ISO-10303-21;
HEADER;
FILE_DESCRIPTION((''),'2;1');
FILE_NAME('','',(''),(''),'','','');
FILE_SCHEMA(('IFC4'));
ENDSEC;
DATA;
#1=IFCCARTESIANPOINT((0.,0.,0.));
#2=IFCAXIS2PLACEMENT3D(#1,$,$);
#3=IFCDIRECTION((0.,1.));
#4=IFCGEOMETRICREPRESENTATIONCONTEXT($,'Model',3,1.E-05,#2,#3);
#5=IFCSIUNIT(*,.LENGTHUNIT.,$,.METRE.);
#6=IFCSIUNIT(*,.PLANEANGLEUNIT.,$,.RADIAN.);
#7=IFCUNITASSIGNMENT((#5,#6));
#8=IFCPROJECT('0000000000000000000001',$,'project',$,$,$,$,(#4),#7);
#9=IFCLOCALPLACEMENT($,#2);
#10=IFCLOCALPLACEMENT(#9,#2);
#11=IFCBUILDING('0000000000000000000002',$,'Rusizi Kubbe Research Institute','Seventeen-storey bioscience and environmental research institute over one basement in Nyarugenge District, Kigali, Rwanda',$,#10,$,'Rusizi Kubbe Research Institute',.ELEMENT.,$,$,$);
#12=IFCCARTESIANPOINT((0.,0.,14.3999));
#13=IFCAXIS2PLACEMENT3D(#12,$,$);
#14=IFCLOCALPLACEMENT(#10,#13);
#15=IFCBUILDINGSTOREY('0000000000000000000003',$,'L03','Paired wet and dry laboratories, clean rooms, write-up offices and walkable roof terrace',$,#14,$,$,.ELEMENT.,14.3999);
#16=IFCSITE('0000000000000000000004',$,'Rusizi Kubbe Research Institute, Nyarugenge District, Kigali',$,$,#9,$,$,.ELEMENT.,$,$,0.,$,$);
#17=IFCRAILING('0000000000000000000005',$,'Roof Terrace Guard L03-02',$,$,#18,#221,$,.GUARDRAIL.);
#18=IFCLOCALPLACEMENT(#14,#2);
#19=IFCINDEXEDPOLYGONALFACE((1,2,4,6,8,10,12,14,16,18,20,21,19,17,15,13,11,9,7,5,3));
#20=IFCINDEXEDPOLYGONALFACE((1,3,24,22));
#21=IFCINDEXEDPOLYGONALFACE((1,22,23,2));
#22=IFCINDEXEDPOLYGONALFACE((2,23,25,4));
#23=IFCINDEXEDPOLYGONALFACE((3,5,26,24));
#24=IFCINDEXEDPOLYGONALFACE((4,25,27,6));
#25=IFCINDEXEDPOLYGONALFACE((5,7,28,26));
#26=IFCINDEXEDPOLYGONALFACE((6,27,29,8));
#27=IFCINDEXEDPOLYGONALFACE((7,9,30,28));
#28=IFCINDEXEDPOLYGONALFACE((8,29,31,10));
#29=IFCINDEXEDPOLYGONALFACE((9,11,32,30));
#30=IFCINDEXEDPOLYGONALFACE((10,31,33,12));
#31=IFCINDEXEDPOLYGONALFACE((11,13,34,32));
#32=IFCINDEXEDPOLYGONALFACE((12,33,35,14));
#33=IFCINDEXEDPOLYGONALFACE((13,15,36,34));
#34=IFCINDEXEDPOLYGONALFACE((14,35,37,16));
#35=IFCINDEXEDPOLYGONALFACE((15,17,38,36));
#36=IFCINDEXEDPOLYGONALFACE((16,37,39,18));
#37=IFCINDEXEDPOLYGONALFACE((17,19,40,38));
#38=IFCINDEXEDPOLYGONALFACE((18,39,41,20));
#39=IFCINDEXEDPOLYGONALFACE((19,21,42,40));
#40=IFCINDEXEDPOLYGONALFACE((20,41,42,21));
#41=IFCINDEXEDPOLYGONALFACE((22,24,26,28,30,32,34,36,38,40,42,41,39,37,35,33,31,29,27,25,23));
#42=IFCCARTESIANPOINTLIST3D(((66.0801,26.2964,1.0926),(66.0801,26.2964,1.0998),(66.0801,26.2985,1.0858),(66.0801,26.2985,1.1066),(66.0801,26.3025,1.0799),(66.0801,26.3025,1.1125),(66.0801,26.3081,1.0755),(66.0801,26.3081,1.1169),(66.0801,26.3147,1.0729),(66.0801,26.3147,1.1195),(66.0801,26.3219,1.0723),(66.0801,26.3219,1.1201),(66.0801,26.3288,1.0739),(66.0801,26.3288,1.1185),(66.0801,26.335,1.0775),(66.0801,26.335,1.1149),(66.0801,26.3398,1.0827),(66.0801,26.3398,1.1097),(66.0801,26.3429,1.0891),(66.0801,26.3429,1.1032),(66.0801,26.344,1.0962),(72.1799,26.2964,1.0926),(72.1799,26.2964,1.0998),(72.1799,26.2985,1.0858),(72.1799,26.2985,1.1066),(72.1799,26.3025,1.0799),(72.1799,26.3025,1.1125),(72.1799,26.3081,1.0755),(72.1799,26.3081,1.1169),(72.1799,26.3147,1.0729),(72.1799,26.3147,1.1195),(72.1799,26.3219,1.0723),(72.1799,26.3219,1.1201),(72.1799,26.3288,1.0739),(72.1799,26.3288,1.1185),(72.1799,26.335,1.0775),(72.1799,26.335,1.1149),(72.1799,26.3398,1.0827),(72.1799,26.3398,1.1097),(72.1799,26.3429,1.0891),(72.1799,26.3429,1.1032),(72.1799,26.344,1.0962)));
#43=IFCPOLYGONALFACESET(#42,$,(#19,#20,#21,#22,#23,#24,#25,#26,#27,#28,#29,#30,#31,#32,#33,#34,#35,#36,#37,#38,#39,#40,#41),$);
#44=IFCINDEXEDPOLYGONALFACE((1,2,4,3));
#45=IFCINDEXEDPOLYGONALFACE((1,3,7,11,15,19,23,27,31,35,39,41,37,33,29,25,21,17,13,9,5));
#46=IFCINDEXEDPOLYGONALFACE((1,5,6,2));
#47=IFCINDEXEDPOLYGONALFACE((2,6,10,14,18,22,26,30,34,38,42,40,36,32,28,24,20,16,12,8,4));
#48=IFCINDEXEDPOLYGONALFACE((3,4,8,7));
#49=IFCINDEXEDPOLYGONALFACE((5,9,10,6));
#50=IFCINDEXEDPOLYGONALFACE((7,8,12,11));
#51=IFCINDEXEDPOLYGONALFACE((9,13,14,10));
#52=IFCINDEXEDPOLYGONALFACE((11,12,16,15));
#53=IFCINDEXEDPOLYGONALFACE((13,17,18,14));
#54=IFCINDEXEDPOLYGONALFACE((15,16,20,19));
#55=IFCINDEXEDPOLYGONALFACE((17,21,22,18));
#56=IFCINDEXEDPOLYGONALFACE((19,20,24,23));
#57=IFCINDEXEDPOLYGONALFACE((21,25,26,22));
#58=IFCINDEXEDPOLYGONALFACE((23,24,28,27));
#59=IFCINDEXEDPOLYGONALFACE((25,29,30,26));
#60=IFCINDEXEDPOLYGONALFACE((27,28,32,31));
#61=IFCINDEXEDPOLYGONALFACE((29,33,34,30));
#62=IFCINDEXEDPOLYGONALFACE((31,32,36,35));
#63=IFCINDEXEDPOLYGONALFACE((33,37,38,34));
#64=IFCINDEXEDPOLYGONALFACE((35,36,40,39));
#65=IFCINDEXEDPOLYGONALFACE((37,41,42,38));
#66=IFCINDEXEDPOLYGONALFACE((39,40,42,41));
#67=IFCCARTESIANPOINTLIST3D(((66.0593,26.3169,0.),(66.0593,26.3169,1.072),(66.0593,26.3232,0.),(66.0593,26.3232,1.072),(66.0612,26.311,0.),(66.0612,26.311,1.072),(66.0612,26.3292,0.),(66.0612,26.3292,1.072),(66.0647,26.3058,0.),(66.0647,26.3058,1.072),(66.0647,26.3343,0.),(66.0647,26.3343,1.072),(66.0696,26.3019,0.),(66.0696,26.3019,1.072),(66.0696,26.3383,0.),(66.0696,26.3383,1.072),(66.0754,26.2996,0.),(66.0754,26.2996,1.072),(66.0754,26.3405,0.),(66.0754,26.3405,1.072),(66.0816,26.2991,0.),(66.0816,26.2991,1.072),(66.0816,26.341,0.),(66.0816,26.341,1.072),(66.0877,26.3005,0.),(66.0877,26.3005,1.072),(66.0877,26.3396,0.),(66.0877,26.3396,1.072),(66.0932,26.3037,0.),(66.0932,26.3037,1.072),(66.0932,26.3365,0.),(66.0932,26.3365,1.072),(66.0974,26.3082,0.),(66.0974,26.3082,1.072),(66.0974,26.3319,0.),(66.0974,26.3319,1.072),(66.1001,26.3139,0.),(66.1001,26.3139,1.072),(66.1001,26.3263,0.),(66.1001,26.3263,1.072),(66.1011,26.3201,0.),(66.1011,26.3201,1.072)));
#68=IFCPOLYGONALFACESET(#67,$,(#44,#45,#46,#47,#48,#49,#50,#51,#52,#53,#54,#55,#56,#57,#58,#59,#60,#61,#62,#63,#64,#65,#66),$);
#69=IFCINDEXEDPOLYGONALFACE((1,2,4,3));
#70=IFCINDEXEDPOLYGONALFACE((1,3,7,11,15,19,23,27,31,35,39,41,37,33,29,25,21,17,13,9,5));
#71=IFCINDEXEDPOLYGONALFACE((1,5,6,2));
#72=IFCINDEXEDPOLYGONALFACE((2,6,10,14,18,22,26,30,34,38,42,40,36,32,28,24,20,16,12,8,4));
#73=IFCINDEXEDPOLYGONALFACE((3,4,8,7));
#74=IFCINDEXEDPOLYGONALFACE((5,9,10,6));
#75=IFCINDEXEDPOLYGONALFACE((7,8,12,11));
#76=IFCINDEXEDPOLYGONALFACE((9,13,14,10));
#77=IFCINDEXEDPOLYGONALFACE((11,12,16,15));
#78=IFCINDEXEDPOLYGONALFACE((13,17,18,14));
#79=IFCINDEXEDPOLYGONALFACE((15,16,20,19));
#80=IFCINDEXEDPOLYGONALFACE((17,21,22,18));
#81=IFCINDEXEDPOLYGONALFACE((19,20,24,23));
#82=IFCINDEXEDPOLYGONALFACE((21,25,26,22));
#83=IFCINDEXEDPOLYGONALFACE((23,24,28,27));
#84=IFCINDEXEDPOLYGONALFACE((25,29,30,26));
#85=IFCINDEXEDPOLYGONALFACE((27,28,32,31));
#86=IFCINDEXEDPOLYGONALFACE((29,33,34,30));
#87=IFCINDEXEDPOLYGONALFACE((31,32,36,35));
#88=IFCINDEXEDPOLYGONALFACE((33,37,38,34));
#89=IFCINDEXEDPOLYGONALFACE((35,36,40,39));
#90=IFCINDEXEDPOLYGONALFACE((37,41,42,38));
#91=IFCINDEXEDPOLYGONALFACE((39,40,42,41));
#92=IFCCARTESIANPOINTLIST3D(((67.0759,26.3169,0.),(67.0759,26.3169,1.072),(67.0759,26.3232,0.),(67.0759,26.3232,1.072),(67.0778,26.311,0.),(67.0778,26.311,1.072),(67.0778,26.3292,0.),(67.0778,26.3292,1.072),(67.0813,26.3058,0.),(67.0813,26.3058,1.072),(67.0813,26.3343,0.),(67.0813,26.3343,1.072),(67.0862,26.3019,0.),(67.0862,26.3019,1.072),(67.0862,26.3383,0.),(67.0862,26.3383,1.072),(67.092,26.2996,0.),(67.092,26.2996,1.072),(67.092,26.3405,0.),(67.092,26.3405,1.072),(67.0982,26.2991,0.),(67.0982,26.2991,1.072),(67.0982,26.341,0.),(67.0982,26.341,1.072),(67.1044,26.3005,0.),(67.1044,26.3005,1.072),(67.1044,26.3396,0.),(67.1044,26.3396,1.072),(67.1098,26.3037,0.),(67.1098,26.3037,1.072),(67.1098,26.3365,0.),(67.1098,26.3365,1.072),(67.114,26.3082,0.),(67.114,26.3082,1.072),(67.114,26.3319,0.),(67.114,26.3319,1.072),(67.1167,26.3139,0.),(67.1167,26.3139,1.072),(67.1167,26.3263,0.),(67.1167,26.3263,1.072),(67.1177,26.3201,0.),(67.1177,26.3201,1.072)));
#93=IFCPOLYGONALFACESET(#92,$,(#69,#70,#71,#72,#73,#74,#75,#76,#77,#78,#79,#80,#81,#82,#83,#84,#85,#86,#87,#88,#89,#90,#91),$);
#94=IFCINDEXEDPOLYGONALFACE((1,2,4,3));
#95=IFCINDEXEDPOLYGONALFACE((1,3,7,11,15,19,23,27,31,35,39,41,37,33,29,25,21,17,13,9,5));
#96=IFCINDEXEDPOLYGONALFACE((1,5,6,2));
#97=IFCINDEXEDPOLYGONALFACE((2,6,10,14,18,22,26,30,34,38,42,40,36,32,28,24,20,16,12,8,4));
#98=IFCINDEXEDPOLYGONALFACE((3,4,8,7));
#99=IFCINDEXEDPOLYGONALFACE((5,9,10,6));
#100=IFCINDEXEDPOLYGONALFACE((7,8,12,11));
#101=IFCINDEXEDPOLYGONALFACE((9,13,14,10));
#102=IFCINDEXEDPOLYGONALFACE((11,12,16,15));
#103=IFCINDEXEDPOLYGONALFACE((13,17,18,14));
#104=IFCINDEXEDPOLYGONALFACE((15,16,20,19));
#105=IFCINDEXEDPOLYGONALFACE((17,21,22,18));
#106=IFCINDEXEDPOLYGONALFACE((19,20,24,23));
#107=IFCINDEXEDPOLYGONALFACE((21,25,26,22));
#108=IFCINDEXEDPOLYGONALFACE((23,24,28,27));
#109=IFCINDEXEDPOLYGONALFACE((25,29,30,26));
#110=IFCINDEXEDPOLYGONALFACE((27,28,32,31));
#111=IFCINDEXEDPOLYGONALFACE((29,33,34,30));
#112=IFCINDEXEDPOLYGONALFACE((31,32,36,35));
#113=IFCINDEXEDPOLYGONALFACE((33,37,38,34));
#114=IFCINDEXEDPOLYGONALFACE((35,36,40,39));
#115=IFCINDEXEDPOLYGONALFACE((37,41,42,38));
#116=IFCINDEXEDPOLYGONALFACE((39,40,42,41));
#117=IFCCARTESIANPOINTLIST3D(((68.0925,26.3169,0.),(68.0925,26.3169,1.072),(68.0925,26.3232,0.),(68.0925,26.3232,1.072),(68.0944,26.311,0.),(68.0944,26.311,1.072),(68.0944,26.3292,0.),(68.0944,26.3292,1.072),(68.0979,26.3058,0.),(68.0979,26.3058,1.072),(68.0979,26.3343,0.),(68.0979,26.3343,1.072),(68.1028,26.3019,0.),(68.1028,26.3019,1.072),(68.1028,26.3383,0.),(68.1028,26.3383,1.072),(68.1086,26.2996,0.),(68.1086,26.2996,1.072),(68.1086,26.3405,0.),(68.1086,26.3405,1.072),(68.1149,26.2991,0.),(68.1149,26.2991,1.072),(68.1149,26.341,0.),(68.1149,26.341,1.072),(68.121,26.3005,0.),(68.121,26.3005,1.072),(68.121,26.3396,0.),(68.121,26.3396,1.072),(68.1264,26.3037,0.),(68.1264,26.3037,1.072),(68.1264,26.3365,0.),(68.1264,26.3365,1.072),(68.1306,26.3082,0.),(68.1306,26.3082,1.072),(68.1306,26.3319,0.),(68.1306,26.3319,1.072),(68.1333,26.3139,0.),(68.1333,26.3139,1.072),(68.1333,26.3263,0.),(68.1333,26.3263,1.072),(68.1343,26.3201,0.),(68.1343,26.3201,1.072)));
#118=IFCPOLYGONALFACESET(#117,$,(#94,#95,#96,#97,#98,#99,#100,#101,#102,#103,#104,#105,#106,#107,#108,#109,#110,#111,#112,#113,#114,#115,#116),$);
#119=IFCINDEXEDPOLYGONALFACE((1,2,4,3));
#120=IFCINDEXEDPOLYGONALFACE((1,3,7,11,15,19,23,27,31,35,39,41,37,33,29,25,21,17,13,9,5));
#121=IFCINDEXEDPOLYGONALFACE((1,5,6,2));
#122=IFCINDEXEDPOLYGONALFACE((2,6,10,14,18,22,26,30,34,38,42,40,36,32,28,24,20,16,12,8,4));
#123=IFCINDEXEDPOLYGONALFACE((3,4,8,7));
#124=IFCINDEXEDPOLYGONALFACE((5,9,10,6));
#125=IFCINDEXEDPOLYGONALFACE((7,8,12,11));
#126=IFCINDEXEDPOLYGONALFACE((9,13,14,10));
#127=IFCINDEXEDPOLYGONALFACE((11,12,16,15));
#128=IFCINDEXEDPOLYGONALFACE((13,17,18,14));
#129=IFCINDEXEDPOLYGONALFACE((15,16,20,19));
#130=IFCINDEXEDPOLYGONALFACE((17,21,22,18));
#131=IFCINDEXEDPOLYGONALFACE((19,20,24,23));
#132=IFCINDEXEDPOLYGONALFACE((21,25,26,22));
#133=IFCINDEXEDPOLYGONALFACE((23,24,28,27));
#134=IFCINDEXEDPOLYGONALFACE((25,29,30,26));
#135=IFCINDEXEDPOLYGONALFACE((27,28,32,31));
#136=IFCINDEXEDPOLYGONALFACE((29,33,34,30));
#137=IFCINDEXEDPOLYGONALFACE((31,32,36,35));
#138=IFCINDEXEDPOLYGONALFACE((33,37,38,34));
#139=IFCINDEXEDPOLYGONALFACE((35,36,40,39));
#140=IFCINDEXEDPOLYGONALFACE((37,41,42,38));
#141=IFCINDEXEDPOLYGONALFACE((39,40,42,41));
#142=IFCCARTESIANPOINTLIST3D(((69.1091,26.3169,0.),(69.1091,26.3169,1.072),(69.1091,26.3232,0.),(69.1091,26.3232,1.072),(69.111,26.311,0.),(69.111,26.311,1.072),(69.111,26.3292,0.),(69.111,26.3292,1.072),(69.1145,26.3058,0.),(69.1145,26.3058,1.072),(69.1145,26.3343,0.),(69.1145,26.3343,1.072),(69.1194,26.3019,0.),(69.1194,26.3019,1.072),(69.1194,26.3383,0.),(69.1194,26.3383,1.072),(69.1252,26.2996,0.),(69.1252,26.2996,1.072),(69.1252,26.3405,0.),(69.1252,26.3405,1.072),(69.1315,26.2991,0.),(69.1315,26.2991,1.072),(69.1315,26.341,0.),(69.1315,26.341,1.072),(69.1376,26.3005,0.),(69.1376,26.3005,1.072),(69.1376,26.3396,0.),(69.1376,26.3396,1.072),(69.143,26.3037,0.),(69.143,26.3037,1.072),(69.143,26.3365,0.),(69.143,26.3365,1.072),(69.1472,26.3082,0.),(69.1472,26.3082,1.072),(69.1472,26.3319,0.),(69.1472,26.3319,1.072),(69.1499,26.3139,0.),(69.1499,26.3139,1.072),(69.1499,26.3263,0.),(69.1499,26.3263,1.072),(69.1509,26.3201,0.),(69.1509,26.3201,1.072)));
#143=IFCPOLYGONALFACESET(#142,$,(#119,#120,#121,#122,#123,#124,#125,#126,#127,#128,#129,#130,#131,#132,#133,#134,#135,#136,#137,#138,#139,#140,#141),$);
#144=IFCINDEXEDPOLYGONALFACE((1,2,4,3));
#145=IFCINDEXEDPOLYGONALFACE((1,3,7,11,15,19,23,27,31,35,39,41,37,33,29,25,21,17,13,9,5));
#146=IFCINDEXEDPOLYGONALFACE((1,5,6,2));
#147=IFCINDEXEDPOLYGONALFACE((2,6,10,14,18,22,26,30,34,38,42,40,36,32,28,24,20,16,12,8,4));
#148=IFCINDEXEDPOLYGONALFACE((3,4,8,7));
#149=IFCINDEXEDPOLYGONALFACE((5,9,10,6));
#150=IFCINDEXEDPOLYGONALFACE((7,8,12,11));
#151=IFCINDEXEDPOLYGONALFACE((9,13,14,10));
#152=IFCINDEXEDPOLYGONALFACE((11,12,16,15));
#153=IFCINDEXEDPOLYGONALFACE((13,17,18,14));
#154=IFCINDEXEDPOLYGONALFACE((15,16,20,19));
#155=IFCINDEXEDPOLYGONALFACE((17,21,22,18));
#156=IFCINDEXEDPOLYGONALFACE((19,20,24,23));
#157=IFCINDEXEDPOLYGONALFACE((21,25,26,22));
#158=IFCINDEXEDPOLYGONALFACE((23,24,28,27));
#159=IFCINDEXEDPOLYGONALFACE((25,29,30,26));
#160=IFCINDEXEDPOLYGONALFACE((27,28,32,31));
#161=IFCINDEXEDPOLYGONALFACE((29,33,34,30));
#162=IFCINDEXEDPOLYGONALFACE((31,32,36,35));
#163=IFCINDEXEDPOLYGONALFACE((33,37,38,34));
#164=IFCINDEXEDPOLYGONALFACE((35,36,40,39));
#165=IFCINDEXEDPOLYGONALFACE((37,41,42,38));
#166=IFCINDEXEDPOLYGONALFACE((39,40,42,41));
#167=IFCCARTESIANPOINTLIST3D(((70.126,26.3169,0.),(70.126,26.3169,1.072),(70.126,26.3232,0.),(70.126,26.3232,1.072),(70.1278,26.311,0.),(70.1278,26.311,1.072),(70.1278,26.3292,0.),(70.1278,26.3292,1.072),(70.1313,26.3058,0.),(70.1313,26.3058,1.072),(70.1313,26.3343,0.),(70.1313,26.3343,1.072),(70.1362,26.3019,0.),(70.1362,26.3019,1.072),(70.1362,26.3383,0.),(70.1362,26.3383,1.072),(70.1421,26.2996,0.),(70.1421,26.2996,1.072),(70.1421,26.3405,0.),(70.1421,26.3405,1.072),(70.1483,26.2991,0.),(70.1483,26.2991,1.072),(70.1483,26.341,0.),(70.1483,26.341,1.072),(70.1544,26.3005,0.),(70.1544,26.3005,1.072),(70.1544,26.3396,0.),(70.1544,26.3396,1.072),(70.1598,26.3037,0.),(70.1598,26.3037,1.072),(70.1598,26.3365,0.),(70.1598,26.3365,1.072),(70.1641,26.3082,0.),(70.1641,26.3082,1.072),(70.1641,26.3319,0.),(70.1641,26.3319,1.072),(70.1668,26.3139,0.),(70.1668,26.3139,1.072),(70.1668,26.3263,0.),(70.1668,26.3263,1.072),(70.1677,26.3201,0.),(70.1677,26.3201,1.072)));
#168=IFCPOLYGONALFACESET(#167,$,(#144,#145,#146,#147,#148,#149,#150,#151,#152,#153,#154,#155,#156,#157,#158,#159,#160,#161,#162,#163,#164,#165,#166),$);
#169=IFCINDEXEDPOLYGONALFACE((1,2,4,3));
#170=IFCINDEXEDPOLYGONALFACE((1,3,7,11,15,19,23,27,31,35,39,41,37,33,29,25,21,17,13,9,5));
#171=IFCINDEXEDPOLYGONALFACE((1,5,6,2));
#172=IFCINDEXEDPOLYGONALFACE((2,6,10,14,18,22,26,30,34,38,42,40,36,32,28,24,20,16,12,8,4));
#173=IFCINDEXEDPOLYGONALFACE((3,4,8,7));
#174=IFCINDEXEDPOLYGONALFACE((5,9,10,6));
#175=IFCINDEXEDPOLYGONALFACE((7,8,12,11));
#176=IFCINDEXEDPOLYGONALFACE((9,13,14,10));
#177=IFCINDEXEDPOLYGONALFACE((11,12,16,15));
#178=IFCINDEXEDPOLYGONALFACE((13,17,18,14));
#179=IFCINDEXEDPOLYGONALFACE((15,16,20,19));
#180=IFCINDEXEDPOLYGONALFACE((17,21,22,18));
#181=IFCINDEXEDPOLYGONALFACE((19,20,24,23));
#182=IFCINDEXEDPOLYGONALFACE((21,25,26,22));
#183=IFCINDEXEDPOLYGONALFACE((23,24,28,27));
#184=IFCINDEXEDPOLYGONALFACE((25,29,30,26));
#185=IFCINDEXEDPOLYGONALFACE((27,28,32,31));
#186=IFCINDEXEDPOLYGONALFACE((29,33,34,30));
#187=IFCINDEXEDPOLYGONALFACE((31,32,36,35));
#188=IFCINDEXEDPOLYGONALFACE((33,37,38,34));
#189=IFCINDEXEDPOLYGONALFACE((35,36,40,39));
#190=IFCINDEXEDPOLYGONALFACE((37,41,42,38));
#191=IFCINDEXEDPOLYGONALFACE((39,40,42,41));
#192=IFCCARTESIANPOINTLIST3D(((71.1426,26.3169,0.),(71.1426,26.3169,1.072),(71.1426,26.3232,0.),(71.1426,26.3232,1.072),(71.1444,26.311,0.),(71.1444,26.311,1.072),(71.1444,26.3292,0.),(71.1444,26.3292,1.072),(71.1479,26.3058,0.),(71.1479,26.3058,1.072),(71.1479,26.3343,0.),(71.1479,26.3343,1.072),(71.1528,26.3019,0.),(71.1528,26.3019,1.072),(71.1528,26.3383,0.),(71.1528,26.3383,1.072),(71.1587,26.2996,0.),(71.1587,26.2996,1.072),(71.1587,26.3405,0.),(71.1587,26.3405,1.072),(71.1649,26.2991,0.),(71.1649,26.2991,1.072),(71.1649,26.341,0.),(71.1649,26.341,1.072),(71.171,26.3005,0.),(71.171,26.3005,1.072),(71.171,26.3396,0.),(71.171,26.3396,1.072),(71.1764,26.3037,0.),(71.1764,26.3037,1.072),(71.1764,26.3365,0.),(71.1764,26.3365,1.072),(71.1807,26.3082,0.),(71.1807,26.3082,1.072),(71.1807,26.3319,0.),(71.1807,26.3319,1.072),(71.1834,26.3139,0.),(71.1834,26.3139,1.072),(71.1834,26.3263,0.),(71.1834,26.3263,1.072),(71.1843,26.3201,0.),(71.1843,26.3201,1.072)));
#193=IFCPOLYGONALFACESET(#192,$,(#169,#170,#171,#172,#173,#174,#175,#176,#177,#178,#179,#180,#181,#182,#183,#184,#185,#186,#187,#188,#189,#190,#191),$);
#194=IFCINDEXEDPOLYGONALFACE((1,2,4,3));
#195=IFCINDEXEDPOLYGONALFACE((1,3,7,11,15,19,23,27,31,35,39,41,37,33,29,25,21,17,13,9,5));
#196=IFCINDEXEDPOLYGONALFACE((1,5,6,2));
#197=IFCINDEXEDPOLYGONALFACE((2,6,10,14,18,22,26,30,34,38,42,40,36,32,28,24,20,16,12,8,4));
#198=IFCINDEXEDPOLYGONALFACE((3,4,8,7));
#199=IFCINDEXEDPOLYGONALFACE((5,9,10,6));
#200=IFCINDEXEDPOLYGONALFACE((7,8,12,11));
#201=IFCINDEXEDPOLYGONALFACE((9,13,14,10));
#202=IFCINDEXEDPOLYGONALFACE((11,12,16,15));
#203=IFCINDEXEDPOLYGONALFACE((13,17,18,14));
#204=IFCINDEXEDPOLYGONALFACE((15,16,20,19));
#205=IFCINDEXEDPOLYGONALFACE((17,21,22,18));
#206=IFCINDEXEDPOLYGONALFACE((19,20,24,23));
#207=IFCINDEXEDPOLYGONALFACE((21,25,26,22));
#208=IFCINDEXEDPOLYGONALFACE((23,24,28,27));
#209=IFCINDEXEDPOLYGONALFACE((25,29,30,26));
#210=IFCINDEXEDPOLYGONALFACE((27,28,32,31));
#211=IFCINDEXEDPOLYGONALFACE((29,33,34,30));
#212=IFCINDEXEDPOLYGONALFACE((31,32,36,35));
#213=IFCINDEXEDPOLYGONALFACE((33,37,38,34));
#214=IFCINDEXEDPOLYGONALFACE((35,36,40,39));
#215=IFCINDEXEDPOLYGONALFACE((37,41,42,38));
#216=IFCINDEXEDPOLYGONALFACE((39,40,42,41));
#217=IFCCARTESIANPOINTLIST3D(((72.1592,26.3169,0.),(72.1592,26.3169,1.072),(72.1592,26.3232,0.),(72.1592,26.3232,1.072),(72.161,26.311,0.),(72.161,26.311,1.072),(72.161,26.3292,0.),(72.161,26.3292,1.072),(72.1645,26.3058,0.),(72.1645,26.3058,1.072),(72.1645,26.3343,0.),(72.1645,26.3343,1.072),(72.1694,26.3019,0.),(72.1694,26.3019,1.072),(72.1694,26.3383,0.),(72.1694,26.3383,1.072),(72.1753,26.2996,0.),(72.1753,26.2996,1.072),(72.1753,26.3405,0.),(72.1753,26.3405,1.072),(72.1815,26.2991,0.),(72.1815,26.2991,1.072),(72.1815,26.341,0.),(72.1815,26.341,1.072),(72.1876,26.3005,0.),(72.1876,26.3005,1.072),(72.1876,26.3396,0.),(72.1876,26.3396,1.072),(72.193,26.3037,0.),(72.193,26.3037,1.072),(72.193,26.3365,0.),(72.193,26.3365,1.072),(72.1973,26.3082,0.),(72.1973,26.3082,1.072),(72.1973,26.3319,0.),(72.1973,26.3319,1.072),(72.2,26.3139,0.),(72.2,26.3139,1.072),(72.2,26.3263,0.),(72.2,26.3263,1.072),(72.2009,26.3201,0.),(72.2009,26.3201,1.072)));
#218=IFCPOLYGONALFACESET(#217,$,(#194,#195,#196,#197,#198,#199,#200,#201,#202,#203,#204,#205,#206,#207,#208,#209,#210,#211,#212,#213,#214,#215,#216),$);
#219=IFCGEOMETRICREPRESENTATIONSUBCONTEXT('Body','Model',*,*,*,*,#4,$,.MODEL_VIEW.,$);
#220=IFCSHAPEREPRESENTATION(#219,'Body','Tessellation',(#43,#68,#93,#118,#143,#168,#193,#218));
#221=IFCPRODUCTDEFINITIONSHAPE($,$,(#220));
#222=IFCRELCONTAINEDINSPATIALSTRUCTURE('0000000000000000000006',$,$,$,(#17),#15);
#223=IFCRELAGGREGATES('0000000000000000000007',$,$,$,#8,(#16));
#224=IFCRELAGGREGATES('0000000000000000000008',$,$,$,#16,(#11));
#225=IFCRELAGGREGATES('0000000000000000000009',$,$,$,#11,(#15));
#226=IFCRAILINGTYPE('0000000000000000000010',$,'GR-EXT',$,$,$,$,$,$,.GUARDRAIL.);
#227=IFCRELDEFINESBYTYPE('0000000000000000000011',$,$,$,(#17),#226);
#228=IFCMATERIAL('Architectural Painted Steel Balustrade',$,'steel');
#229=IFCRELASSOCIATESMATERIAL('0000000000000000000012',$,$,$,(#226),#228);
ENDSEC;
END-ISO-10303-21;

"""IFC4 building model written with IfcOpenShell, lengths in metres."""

from ifc_helpers import new_model, si_unit, direction, frame, origin, origin_2d, place, context, subcontext, project, spatial, circle, extrude, material, type_object, element, save


model = new_model("IFC4")

# Units and contexts
model_context = context("Model", 3, precision=1e-05, world=origin(), true_north=direction((0.0, 1.0)))
body_context = subcontext(model_context, "Body", "Model", "MODEL_VIEW")
ifc_project = project(units=[si_unit("LENGTHUNIT", "METRE"), si_unit("PLANEANGLEUNIT", "RADIAN")], contexts=[model_context])

# Site, building, storey
site_placement = place(None, origin())
site = spatial("IfcSite", under=ifc_project, at=site_placement, Name="Rusizi Kubbe Research Institute, Nyarugenge District, Kigali", CompositionType="ELEMENT", RefElevation=0.0)
building_placement = place(site_placement, origin())
building = spatial("IfcBuilding", under=site, at=building_placement, Name="Rusizi Kubbe Research Institute", Description="Seventeen-storey bioscience and environmental research institute over one basement in Nyarugenge District, Kigali, Rwanda", LongName="Rusizi Kubbe Research Institute", CompositionType="ELEMENT")
storey_placement = place(building_placement, frame((0.0, 0.0, 14.3999)))
storey = spatial("IfcBuildingStorey", under=building, at=storey_placement, Name="L03", Description="Paired wet and dry laboratories, clean rooms, write-up offices and walkable roof terrace", CompositionType="ELEMENT", Elevation=14.3999)

# Railing
ifc_material_1 = material(Name="Architectural Painted Steel Balustrade", Category="steel")
railing_type = type_object("IfcRailingType", Name="GR-EXT", PredefinedType="GUARDRAIL", material=ifc_material_1)
railing_placement = place(storey_placement, frame((66.0801, 26.3201, 0.0)))
element("IfcRailing", 1, at=railing_placement, inside=storey, type_object=railing_type, Name="Roof Terrace Guard L03-02", PredefinedType="GUARDRAIL", context=body_context, shape_type="SweptSolid", body=[
    extrude(circle(Radius=0.0239, at=origin_2d()), frame((0.0, 0.0, 1.0962), z_axis=(1.0, 0.0, 0.0), x_axis=(0.0, 1.0, 0.0)), (0.0, 0.0, 1.0), 6.0999),
    extrude(circle(Radius=0.021, at=origin_2d()), origin(), (0.0, 0.0, 1.0), 1.072),
    extrude(circle(Radius=0.021, at=origin_2d()), frame((1.0166, 0.0, 0.0)), (0.0, 0.0, 1.0), 1.072),
    extrude(circle(Radius=0.021, at=origin_2d()), frame((2.0332, 0.0, 0.0)), (0.0, 0.0, 1.0), 1.072),
    extrude(circle(Radius=0.021, at=origin_2d()), frame((3.0498, 0.0, 0.0)), (0.0, 0.0, 1.0), 1.072),
    extrude(circle(Radius=0.021, at=origin_2d()), frame((4.0667, 0.0, 0.0)), (0.0, 0.0, 1.0), 1.072),
    extrude(circle(Radius=0.021, at=origin_2d()), frame((5.0833, 0.0, 0.0)), (0.0, 0.0, 1.0), 1.072),
    extrude(circle(Radius=0.021, at=origin_2d()), frame((6.0999, 0.0, 0.0)), (0.0, 0.0, 1.0), 1.072),
])

save(model, "model.ifc")
